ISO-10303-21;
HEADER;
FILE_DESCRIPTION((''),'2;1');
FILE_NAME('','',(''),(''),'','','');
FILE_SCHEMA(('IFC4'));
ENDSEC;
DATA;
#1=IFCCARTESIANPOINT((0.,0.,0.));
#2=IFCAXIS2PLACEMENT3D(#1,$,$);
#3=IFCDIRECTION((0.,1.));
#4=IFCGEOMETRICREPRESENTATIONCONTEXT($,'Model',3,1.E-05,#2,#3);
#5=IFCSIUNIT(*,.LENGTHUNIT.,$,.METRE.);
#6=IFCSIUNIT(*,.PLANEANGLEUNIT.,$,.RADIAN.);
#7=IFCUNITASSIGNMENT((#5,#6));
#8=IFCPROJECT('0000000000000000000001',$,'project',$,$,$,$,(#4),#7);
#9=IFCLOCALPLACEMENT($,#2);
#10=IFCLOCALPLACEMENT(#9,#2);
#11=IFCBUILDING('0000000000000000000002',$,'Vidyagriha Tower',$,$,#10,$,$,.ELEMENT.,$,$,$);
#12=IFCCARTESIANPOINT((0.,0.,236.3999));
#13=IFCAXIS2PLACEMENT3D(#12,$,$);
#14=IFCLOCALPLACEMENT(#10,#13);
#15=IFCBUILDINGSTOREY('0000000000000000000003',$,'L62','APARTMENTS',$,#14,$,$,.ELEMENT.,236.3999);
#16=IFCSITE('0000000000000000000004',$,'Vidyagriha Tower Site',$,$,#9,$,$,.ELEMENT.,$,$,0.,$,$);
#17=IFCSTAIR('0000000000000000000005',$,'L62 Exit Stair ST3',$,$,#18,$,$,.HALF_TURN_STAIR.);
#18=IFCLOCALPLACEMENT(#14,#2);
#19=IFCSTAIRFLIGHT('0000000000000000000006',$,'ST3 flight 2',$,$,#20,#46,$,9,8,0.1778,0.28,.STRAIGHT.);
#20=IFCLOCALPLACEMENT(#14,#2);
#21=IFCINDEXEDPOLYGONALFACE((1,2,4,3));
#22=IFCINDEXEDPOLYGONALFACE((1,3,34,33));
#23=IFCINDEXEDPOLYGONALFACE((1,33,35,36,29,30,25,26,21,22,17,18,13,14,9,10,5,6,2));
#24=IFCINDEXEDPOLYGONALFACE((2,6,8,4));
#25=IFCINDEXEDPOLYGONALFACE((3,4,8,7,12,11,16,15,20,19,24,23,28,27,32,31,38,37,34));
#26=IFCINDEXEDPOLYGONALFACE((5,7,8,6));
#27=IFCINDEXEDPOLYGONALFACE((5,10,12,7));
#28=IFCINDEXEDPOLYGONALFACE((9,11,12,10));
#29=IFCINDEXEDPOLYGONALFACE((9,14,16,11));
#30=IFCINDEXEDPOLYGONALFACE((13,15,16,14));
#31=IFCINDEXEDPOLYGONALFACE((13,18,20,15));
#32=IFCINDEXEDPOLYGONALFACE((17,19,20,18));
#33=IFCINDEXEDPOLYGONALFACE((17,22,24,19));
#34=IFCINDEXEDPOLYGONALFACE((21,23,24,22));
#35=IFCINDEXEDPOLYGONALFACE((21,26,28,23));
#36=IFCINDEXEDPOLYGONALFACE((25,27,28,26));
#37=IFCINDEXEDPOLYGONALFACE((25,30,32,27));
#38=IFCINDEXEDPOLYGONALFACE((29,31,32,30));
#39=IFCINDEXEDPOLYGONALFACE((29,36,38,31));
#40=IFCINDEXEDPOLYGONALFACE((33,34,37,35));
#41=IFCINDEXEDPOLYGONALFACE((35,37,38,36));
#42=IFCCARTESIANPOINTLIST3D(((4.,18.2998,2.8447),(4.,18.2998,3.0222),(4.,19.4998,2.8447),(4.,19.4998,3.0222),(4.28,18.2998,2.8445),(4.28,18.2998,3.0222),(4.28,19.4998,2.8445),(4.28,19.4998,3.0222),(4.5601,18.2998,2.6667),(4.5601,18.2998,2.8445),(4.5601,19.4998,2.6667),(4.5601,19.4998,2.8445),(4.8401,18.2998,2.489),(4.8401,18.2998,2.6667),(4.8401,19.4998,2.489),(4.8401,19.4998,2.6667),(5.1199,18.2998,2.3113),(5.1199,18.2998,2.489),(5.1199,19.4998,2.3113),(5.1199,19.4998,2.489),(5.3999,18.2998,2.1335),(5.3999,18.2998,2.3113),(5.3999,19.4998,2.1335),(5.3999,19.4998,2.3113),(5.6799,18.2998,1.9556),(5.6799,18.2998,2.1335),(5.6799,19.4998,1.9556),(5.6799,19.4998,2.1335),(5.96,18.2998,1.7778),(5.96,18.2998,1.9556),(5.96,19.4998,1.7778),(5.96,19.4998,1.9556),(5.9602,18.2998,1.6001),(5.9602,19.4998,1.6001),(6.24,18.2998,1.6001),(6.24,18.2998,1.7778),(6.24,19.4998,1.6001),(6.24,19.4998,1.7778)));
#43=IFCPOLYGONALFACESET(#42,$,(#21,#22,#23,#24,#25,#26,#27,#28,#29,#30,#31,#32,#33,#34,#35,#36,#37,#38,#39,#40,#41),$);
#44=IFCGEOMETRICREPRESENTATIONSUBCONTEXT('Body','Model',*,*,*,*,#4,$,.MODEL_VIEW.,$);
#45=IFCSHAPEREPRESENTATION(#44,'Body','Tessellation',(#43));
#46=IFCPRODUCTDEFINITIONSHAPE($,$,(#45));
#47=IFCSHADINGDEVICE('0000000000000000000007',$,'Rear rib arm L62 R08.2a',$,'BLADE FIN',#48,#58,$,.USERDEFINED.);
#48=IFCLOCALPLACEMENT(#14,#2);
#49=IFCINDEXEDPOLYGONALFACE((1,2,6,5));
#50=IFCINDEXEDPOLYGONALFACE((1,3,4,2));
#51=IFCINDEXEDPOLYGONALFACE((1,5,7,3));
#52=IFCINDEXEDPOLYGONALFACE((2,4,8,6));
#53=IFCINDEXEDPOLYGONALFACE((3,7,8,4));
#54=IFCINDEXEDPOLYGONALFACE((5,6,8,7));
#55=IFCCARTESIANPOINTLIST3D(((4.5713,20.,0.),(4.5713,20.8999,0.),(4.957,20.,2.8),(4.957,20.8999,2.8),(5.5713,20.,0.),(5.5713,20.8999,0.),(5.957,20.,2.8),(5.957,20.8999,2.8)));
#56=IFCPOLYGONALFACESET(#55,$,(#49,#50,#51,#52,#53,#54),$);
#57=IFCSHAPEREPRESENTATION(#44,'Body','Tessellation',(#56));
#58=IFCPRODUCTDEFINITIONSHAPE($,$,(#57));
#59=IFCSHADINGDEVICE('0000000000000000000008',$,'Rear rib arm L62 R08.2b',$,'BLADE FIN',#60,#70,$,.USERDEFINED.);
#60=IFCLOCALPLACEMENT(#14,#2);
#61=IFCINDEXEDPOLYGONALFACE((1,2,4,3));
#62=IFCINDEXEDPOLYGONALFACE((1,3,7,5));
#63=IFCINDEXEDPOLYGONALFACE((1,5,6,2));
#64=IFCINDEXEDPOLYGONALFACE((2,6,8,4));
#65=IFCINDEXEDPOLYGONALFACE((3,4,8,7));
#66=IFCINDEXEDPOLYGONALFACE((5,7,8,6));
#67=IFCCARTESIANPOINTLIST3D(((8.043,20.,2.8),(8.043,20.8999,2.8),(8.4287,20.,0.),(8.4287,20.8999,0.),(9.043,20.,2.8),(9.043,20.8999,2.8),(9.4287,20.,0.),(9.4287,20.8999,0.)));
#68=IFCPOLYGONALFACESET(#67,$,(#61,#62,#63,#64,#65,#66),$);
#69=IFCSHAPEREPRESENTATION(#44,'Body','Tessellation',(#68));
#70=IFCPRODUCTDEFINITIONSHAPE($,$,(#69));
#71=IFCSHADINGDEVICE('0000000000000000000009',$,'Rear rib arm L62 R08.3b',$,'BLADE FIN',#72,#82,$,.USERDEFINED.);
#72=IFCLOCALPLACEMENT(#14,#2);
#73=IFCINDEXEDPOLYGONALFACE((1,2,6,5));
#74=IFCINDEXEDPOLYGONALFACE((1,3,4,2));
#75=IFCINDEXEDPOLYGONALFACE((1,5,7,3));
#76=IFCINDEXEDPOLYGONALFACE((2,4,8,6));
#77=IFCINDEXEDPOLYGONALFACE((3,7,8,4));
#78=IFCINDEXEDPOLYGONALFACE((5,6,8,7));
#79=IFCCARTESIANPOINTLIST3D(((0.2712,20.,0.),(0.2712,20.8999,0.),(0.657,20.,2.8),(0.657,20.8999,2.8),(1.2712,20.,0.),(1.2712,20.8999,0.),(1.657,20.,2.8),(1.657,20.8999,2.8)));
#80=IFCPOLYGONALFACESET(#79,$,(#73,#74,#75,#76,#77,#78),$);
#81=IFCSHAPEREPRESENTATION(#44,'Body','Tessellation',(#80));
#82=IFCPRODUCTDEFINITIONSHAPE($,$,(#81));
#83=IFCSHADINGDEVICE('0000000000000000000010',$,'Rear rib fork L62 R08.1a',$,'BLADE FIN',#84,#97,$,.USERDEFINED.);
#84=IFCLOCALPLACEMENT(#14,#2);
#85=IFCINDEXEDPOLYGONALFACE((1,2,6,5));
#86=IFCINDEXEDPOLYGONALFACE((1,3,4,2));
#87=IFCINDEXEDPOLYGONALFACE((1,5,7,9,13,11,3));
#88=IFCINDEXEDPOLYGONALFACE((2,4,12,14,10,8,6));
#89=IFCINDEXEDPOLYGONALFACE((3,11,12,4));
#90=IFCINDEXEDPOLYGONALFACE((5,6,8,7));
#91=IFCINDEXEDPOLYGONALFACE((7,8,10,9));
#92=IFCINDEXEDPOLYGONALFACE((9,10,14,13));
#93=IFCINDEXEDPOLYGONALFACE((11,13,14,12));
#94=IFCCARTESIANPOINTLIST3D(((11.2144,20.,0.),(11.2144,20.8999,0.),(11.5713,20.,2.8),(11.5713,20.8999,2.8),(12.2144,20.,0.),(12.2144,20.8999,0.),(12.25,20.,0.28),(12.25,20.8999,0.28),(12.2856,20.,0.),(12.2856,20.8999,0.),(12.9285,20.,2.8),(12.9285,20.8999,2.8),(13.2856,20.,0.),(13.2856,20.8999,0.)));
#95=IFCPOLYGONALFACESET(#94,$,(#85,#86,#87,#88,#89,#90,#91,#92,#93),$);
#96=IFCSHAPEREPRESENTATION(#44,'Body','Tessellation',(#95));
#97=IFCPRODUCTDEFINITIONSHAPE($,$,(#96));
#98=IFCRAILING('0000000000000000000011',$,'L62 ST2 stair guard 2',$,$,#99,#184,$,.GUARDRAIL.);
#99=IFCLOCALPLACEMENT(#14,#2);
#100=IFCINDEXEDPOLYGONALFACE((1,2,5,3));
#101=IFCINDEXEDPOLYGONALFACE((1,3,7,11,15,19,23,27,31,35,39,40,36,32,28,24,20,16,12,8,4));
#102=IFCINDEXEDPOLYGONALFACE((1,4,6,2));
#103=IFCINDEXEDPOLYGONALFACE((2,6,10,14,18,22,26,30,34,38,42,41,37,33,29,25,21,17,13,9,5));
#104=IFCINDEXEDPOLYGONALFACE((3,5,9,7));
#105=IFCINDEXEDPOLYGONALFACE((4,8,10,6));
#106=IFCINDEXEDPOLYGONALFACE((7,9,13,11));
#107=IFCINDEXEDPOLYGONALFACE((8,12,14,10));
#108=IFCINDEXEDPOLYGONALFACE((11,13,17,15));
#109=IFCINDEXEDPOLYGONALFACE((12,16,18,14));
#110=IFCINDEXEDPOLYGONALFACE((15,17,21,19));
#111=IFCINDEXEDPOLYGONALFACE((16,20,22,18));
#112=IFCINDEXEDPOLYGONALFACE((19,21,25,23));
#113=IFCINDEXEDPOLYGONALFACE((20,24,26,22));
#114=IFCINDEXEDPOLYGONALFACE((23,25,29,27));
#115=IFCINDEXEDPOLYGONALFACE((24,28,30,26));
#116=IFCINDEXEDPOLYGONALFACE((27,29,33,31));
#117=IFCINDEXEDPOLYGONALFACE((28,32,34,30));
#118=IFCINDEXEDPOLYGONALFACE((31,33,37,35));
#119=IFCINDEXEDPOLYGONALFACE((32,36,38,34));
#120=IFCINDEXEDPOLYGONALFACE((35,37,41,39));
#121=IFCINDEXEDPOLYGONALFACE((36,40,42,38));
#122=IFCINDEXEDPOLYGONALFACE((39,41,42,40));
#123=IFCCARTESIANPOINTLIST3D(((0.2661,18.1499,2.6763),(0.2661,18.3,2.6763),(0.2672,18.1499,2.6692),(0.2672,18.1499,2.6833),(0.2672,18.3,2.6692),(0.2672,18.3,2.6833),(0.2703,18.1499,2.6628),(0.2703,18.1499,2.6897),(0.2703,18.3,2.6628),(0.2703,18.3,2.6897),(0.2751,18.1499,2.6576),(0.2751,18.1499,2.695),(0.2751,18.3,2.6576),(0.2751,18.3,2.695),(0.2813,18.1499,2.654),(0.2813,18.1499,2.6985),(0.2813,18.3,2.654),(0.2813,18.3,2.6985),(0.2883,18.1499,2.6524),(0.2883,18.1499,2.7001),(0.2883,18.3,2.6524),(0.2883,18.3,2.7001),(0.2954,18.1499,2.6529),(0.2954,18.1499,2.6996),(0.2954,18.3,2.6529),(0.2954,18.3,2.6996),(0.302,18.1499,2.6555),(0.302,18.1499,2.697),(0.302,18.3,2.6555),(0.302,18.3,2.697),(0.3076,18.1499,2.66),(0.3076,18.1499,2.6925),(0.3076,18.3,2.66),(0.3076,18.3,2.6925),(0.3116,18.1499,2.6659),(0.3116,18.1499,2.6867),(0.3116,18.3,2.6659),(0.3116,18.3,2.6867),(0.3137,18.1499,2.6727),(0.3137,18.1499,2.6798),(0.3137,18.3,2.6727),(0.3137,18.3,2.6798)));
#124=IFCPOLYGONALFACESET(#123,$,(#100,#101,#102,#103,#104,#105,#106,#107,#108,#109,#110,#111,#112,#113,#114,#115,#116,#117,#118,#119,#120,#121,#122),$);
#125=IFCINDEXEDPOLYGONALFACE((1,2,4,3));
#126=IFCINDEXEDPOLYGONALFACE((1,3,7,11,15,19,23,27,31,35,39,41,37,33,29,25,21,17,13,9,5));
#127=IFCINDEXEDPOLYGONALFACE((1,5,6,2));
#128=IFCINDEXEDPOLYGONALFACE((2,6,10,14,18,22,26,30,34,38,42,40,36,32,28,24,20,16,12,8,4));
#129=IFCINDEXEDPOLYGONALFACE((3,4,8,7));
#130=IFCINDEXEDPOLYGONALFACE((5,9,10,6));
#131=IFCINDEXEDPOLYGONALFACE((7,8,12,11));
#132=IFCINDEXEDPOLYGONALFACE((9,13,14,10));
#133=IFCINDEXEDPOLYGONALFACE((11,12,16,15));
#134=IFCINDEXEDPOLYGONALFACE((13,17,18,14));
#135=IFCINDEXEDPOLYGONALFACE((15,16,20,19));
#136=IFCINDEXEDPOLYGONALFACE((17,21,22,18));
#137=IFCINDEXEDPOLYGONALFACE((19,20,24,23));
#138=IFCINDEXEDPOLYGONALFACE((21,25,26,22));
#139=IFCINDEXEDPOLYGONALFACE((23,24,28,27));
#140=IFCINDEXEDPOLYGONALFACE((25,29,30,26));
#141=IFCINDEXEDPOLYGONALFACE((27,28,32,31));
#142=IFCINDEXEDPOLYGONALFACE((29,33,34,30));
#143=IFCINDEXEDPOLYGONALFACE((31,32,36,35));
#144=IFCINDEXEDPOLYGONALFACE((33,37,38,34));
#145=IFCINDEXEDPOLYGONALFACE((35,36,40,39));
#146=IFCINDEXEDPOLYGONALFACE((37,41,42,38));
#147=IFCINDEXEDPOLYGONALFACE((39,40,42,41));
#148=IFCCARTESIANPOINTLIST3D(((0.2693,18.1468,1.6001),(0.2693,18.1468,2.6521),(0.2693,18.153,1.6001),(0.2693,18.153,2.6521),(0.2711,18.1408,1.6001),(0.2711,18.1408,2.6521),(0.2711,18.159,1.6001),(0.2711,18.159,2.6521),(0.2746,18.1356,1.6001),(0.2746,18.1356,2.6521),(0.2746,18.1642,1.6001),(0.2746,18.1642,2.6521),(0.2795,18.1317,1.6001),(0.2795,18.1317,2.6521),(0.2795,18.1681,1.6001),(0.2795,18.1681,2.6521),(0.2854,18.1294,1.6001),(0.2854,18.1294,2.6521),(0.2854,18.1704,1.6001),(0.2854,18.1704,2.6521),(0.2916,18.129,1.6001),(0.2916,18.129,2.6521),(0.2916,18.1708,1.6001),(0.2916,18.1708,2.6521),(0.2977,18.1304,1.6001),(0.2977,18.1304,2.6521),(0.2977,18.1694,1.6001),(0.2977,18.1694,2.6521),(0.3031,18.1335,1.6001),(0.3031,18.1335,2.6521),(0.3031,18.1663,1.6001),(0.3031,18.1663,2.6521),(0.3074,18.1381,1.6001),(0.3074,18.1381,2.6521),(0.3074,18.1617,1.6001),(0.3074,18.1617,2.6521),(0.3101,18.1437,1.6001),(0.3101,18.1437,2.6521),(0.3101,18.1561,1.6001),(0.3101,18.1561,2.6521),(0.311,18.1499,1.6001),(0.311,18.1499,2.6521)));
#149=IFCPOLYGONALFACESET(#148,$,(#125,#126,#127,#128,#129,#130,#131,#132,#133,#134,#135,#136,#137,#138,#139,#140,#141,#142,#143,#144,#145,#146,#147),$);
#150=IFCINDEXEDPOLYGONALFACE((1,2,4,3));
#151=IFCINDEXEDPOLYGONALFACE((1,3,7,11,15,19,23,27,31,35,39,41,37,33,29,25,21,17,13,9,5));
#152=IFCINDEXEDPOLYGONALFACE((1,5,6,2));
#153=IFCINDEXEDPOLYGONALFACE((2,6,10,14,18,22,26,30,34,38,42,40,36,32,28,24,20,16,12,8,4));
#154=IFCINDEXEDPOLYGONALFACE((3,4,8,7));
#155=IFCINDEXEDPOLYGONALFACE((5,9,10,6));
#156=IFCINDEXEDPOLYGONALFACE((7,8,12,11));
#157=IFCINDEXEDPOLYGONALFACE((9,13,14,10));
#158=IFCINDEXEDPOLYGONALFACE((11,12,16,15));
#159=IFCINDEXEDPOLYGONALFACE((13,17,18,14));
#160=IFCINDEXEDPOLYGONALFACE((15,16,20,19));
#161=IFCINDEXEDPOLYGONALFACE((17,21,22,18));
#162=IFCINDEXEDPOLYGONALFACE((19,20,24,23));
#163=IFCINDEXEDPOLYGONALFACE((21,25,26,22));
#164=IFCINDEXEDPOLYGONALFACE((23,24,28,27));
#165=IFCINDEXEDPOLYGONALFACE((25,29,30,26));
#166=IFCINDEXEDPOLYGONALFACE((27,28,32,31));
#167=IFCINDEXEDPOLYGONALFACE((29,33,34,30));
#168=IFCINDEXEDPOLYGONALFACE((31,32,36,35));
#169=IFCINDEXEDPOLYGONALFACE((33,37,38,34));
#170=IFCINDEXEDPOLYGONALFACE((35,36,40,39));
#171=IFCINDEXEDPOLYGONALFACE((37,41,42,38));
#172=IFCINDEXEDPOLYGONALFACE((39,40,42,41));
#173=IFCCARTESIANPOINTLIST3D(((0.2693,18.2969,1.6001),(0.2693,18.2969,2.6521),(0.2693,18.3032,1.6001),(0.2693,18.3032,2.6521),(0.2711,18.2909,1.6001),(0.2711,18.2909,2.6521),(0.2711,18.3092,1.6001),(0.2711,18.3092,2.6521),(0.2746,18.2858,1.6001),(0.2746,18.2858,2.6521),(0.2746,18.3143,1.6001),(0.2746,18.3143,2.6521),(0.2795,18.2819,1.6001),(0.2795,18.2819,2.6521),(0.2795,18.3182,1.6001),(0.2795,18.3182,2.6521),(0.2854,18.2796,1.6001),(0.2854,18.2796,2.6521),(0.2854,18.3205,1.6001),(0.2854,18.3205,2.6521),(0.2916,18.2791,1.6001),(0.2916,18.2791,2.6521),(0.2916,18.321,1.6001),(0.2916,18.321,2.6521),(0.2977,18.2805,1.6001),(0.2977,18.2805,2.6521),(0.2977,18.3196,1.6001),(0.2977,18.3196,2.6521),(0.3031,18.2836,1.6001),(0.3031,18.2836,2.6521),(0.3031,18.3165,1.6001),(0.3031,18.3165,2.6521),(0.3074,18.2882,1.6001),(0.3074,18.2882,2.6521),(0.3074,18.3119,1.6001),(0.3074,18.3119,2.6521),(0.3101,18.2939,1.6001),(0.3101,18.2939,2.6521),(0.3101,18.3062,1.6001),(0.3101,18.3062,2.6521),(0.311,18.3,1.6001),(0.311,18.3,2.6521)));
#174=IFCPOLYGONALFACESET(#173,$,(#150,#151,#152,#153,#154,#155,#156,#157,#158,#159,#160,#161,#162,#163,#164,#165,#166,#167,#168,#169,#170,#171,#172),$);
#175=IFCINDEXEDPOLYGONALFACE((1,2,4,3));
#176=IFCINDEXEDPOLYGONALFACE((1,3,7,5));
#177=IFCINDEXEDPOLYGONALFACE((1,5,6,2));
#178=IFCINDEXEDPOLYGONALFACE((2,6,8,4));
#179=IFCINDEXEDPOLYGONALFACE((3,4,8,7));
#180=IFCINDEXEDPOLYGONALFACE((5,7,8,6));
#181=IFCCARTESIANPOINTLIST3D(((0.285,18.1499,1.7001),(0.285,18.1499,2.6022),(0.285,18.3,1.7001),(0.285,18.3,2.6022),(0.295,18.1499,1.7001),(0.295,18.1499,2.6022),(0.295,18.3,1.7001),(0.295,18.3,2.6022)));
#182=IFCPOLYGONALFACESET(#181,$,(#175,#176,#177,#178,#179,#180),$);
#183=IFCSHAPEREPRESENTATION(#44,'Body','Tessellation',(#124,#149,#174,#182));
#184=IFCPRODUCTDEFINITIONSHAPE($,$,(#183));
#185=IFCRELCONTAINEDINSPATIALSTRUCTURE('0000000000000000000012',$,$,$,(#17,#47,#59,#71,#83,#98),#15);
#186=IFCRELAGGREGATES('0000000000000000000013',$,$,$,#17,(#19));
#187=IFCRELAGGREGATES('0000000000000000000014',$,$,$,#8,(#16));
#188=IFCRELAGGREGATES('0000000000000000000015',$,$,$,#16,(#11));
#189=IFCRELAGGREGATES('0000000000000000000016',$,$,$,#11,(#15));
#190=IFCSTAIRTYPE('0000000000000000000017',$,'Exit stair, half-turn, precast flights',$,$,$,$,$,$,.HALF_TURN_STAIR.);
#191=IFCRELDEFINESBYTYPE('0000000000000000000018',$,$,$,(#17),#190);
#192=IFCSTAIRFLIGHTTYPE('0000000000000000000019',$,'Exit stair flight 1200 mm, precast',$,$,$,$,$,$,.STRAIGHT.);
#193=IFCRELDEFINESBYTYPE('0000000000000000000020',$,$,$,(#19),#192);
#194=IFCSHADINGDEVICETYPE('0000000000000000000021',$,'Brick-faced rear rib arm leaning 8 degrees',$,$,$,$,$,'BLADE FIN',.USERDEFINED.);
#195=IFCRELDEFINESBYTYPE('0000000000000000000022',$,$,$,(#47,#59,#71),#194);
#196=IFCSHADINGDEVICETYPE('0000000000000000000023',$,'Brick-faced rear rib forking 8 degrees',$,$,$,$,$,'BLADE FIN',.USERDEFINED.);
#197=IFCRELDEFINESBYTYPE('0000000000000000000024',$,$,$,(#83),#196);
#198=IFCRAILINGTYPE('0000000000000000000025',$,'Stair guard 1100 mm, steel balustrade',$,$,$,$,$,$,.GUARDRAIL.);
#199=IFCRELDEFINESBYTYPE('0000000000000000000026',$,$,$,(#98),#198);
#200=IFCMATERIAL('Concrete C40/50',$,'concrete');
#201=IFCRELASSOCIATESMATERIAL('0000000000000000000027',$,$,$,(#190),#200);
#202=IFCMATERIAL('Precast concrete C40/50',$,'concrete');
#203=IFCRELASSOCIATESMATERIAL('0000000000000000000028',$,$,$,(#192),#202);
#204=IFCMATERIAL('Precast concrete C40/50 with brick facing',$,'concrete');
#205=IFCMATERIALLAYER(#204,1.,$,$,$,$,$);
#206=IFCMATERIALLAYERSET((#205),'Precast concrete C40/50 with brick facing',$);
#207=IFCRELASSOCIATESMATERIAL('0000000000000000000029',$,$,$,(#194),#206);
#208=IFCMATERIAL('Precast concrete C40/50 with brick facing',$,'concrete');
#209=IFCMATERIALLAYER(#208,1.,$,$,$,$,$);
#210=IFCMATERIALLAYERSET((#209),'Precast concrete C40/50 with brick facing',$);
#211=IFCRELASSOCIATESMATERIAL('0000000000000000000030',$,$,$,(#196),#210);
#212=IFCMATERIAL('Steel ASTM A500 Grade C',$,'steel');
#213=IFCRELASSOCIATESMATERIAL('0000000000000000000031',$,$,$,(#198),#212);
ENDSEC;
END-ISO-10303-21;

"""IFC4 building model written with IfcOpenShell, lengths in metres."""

from ifc_helpers import new_model, si_unit, direction, frame, origin, origin_2d, place, context, subcontext, project, spatial, polyline, rectangle, circle, outline, extrude, material, layer, layer_set, type_object, element, aggregate, save


model = new_model("IFC4")

# Units and contexts
model_context = context("Model", 3, precision=1e-05, world=origin(), true_north=direction((0.0, 1.0)))
body_context = subcontext(model_context, "Body", "Model", "MODEL_VIEW")
ifc_project = project(units=[si_unit("LENGTHUNIT", "METRE"), si_unit("PLANEANGLEUNIT", "RADIAN")], contexts=[model_context])

# Site, building, storey
site_placement = place(None, origin())
site = spatial("IfcSite", under=ifc_project, at=site_placement, Name="Vidyagriha Tower Site", CompositionType="ELEMENT", RefElevation=0.0)
building_placement = place(site_placement, origin())
building = spatial("IfcBuilding", under=site, at=building_placement, Name="Vidyagriha Tower", CompositionType="ELEMENT")
storey_placement = place(building_placement, frame((0.0, 0.0, 236.3999)))
storey = spatial("IfcBuildingStorey", under=building, at=storey_placement, Name="L62", Description="APARTMENTS", CompositionType="ELEMENT", Elevation=236.3999)

# Shared definitions
ifc_material_1 = material(Name="Concrete C40/50", Category="concrete")
stair_type = type_object("IfcStairType", Name="Exit stair, half-turn, precast flights", PredefinedType="HALF_TURN_STAIR", material=ifc_material_1)
ifc_material_2 = material(Name="Precast concrete C40/50", Category="concrete")
stair_flight_type = type_object("IfcStairFlightType", Name="Exit stair flight 1200 mm, precast", PredefinedType="STRAIGHT", material=ifc_material_2)

# Stair, stair flight
stair_1_placement = place(storey_placement, origin())
stair_1 = element("IfcStair", 1, at=stair_1_placement, inside=storey, type_object=stair_type, Name="L62 Exit Stair ST3", PredefinedType="HALF_TURN_STAIR")
stair_flight_1_placement = place(storey_placement, frame((6.24, 18.8999, 1.6001), z_axis=(0.0, 0.0, 1.0), x_axis=(-1.0, 0.0, 0.0)))
stair_flight_1 = element("IfcStairFlight", 2, at=stair_flight_1_placement, type_object=stair_flight_type, Name="ST3 flight 2", NumberOfRisers=9, NumberOfTreads=8, PredefinedType="STRAIGHT", RiserHeight=0.1778, TreadLength=0.28, context=body_context, shape_type="SweptSolid", body=[
    extrude(outline(polyline([(0.0, 0.0), (0.0, 0.1777), (0.28, 0.1777), (0.28, 0.3555), (0.5601, 0.3555), (0.5601, 0.5334), (0.8401, 0.5334), (0.8401, 0.7112), (1.1201, 0.7112), (1.1201, 0.8889), (1.3999, 0.8889), (1.3999, 1.0667), (1.6799, 1.0667), (1.6799, 1.2444), (1.96, 1.2444), (1.96, 1.4221), (2.24, 1.4221), (2.24, 1.6001), (2.24, 1.2446), (0.2798, 0.0), (0.0, 0.0)])), frame((0.0, 0.6001, 0.0), z_axis=(0.0, -1.0, 0.0), x_axis=(1.0, 0.0, 0.0)), (0.0, 0.0, 1.0), 1.2),
])
aggregate(stair_1, [stair_flight_1])

# Shading devices
ifc_material_3 = material(Name="Precast concrete C40/50 with brick facing", Category="concrete")
ifc_layer_1 = layer(ifc_material_3, 1.0)
ifc_layer_set_1 = layer_set([ifc_layer_1], Name="Precast concrete C40/50 with brick facing")
shading_device_type_1 = type_object("IfcShadingDeviceType", Name="Brick-faced rear rib arm leaning 8 degrees", ElementType="BLADE FIN", PredefinedType="USERDEFINED", material=ifc_layer_set_1)
shading_device_1_placement = place(storey_placement, frame((5.957, 20.45, 0.0), z_axis=(0.0, 0.0, 1.0), x_axis=(-1.0, 0.0, 0.0)))
element("IfcShadingDevice", 3, at=shading_device_1_placement, inside=storey, type_object=shading_device_type_1, Name="Rear rib arm L62 R08.2a", ObjectType="BLADE FIN", PredefinedType="USERDEFINED", context=body_context, shape_type="SweptSolid", body=[
    extrude(outline(polyline([(0.3857, 0.0), (1.3857, 0.0), (1.0, 2.8), (0.0, 2.8), (0.3857, 0.0)])), frame((0.0, 0.45, 0.0), z_axis=(0.0, -1.0, 0.0), x_axis=(1.0, 0.0, 0.0)), (0.0, 0.0, 1.0), 0.8999),
])
shading_device_2_placement = place(storey_placement, frame((9.4287, 20.45, 0.0), z_axis=(0.0, 0.0, 1.0), x_axis=(-1.0, 0.0, 0.0)))
element("IfcShadingDevice", 4, at=shading_device_2_placement, inside=storey, type_object=shading_device_type_1, Name="Rear rib arm L62 R08.2b", ObjectType="BLADE FIN", PredefinedType="USERDEFINED", context=body_context, shape_type="SweptSolid", body=[
    extrude(outline(polyline([(0.0, 0.0), (1.0, 0.0), (1.3857, 2.8), (0.3857, 2.8), (0.0, 0.0)])), frame((0.0, 0.45, 0.0), z_axis=(0.0, -1.0, 0.0), x_axis=(1.0, 0.0, 0.0)), (0.0, 0.0, 1.0), 0.8999),
])
shading_device_3_placement = place(storey_placement, frame((1.657, 20.45, 0.0), z_axis=(0.0, 0.0, 1.0), x_axis=(-1.0, 0.0, 0.0)))
element("IfcShadingDevice", 5, at=shading_device_3_placement, inside=storey, type_object=shading_device_type_1, Name="Rear rib arm L62 R08.3b", ObjectType="BLADE FIN", PredefinedType="USERDEFINED", context=body_context, shape_type="SweptSolid", body=[
    extrude(outline(polyline([(0.3857, 0.0), (1.3857, 0.0), (1.0, 2.8), (0.0, 2.8), (0.3857, 0.0)])), frame((0.0, 0.45, 0.0), z_axis=(0.0, -1.0, 0.0), x_axis=(1.0, 0.0, 0.0)), (0.0, 0.0, 1.0), 0.8999),
])
ifc_material_4 = material(Name="Precast concrete C40/50 with brick facing", Category="concrete")
ifc_layer_2 = layer(ifc_material_4, 1.0)
ifc_layer_set_2 = layer_set([ifc_layer_2], Name="Precast concrete C40/50 with brick facing")
shading_device_type_2 = type_object("IfcShadingDeviceType", Name="Brick-faced rear rib forking 8 degrees", ElementType="BLADE FIN", PredefinedType="USERDEFINED", material=ifc_layer_set_2)
shading_device_4_placement = place(storey_placement, frame((13.2856, 20.45, 0.0), z_axis=(0.0, 0.0, 1.0), x_axis=(-1.0, 0.0, 0.0)))
element("IfcShadingDevice", 6, at=shading_device_4_placement, inside=storey, type_object=shading_device_type_2, Name="Rear rib fork L62 R08.1a", ObjectType="BLADE FIN", PredefinedType="USERDEFINED", context=body_context, shape_type="SweptSolid", body=[
    extrude(outline(polyline([(1.0, 0.0), (1.0356, 0.28), (1.0713, 0.0), (2.0713, 0.0), (1.7144, 2.8), (0.3572, 2.8), (0.0, 0.0), (1.0, 0.0)])), frame((0.0, 0.45, 0.0), z_axis=(0.0, -1.0, 0.0), x_axis=(1.0, 0.0, 0.0)), (0.0, 0.0, 1.0), 0.8999),
])

# Railing
ifc_material_5 = material(Name="Steel ASTM A500 Grade C", Category="steel")
railing_type_1 = type_object("IfcRailingType", Name="Stair guard 1100 mm, steel balustrade", PredefinedType="GUARDRAIL", material=ifc_material_5)
railing_1_placement = place(storey_placement, frame((0.29, 18.1499, 1.6001)))
element("IfcRailing", 7, at=railing_1_placement, inside=storey, type_object=railing_type_1, Name="L62 ST2 stair guard 2", PredefinedType="GUARDRAIL", context=body_context, shape_type="SweptSolid", body=[
    extrude(circle(Radius=0.0239, at=origin_2d()), frame((0.0, 0.0, 1.0762), z_axis=(0.0, 1.0, 0.0), x_axis=(-1.0, 0.0, 0.0)), (0.0, 0.0, 1.0), 0.1501),
    extrude(circle(Radius=0.021, at=origin_2d()), origin(), (0.0, 0.0, 1.0), 1.052),
    extrude(circle(Radius=0.021, at=origin_2d()), frame((0.0, 0.1501, 0.0)), (0.0, 0.0, 1.0), 1.052),
    extrude(rectangle(XDim=0.01, YDim=0.9021, at=origin_2d()), frame((0.0, 0.0, 0.551), z_axis=(0.0, 1.0, 0.0), x_axis=(-1.0, 0.0, 0.0)), (0.0, 0.0, 1.0), 0.1501),
])

save(model, "model.ifc")
